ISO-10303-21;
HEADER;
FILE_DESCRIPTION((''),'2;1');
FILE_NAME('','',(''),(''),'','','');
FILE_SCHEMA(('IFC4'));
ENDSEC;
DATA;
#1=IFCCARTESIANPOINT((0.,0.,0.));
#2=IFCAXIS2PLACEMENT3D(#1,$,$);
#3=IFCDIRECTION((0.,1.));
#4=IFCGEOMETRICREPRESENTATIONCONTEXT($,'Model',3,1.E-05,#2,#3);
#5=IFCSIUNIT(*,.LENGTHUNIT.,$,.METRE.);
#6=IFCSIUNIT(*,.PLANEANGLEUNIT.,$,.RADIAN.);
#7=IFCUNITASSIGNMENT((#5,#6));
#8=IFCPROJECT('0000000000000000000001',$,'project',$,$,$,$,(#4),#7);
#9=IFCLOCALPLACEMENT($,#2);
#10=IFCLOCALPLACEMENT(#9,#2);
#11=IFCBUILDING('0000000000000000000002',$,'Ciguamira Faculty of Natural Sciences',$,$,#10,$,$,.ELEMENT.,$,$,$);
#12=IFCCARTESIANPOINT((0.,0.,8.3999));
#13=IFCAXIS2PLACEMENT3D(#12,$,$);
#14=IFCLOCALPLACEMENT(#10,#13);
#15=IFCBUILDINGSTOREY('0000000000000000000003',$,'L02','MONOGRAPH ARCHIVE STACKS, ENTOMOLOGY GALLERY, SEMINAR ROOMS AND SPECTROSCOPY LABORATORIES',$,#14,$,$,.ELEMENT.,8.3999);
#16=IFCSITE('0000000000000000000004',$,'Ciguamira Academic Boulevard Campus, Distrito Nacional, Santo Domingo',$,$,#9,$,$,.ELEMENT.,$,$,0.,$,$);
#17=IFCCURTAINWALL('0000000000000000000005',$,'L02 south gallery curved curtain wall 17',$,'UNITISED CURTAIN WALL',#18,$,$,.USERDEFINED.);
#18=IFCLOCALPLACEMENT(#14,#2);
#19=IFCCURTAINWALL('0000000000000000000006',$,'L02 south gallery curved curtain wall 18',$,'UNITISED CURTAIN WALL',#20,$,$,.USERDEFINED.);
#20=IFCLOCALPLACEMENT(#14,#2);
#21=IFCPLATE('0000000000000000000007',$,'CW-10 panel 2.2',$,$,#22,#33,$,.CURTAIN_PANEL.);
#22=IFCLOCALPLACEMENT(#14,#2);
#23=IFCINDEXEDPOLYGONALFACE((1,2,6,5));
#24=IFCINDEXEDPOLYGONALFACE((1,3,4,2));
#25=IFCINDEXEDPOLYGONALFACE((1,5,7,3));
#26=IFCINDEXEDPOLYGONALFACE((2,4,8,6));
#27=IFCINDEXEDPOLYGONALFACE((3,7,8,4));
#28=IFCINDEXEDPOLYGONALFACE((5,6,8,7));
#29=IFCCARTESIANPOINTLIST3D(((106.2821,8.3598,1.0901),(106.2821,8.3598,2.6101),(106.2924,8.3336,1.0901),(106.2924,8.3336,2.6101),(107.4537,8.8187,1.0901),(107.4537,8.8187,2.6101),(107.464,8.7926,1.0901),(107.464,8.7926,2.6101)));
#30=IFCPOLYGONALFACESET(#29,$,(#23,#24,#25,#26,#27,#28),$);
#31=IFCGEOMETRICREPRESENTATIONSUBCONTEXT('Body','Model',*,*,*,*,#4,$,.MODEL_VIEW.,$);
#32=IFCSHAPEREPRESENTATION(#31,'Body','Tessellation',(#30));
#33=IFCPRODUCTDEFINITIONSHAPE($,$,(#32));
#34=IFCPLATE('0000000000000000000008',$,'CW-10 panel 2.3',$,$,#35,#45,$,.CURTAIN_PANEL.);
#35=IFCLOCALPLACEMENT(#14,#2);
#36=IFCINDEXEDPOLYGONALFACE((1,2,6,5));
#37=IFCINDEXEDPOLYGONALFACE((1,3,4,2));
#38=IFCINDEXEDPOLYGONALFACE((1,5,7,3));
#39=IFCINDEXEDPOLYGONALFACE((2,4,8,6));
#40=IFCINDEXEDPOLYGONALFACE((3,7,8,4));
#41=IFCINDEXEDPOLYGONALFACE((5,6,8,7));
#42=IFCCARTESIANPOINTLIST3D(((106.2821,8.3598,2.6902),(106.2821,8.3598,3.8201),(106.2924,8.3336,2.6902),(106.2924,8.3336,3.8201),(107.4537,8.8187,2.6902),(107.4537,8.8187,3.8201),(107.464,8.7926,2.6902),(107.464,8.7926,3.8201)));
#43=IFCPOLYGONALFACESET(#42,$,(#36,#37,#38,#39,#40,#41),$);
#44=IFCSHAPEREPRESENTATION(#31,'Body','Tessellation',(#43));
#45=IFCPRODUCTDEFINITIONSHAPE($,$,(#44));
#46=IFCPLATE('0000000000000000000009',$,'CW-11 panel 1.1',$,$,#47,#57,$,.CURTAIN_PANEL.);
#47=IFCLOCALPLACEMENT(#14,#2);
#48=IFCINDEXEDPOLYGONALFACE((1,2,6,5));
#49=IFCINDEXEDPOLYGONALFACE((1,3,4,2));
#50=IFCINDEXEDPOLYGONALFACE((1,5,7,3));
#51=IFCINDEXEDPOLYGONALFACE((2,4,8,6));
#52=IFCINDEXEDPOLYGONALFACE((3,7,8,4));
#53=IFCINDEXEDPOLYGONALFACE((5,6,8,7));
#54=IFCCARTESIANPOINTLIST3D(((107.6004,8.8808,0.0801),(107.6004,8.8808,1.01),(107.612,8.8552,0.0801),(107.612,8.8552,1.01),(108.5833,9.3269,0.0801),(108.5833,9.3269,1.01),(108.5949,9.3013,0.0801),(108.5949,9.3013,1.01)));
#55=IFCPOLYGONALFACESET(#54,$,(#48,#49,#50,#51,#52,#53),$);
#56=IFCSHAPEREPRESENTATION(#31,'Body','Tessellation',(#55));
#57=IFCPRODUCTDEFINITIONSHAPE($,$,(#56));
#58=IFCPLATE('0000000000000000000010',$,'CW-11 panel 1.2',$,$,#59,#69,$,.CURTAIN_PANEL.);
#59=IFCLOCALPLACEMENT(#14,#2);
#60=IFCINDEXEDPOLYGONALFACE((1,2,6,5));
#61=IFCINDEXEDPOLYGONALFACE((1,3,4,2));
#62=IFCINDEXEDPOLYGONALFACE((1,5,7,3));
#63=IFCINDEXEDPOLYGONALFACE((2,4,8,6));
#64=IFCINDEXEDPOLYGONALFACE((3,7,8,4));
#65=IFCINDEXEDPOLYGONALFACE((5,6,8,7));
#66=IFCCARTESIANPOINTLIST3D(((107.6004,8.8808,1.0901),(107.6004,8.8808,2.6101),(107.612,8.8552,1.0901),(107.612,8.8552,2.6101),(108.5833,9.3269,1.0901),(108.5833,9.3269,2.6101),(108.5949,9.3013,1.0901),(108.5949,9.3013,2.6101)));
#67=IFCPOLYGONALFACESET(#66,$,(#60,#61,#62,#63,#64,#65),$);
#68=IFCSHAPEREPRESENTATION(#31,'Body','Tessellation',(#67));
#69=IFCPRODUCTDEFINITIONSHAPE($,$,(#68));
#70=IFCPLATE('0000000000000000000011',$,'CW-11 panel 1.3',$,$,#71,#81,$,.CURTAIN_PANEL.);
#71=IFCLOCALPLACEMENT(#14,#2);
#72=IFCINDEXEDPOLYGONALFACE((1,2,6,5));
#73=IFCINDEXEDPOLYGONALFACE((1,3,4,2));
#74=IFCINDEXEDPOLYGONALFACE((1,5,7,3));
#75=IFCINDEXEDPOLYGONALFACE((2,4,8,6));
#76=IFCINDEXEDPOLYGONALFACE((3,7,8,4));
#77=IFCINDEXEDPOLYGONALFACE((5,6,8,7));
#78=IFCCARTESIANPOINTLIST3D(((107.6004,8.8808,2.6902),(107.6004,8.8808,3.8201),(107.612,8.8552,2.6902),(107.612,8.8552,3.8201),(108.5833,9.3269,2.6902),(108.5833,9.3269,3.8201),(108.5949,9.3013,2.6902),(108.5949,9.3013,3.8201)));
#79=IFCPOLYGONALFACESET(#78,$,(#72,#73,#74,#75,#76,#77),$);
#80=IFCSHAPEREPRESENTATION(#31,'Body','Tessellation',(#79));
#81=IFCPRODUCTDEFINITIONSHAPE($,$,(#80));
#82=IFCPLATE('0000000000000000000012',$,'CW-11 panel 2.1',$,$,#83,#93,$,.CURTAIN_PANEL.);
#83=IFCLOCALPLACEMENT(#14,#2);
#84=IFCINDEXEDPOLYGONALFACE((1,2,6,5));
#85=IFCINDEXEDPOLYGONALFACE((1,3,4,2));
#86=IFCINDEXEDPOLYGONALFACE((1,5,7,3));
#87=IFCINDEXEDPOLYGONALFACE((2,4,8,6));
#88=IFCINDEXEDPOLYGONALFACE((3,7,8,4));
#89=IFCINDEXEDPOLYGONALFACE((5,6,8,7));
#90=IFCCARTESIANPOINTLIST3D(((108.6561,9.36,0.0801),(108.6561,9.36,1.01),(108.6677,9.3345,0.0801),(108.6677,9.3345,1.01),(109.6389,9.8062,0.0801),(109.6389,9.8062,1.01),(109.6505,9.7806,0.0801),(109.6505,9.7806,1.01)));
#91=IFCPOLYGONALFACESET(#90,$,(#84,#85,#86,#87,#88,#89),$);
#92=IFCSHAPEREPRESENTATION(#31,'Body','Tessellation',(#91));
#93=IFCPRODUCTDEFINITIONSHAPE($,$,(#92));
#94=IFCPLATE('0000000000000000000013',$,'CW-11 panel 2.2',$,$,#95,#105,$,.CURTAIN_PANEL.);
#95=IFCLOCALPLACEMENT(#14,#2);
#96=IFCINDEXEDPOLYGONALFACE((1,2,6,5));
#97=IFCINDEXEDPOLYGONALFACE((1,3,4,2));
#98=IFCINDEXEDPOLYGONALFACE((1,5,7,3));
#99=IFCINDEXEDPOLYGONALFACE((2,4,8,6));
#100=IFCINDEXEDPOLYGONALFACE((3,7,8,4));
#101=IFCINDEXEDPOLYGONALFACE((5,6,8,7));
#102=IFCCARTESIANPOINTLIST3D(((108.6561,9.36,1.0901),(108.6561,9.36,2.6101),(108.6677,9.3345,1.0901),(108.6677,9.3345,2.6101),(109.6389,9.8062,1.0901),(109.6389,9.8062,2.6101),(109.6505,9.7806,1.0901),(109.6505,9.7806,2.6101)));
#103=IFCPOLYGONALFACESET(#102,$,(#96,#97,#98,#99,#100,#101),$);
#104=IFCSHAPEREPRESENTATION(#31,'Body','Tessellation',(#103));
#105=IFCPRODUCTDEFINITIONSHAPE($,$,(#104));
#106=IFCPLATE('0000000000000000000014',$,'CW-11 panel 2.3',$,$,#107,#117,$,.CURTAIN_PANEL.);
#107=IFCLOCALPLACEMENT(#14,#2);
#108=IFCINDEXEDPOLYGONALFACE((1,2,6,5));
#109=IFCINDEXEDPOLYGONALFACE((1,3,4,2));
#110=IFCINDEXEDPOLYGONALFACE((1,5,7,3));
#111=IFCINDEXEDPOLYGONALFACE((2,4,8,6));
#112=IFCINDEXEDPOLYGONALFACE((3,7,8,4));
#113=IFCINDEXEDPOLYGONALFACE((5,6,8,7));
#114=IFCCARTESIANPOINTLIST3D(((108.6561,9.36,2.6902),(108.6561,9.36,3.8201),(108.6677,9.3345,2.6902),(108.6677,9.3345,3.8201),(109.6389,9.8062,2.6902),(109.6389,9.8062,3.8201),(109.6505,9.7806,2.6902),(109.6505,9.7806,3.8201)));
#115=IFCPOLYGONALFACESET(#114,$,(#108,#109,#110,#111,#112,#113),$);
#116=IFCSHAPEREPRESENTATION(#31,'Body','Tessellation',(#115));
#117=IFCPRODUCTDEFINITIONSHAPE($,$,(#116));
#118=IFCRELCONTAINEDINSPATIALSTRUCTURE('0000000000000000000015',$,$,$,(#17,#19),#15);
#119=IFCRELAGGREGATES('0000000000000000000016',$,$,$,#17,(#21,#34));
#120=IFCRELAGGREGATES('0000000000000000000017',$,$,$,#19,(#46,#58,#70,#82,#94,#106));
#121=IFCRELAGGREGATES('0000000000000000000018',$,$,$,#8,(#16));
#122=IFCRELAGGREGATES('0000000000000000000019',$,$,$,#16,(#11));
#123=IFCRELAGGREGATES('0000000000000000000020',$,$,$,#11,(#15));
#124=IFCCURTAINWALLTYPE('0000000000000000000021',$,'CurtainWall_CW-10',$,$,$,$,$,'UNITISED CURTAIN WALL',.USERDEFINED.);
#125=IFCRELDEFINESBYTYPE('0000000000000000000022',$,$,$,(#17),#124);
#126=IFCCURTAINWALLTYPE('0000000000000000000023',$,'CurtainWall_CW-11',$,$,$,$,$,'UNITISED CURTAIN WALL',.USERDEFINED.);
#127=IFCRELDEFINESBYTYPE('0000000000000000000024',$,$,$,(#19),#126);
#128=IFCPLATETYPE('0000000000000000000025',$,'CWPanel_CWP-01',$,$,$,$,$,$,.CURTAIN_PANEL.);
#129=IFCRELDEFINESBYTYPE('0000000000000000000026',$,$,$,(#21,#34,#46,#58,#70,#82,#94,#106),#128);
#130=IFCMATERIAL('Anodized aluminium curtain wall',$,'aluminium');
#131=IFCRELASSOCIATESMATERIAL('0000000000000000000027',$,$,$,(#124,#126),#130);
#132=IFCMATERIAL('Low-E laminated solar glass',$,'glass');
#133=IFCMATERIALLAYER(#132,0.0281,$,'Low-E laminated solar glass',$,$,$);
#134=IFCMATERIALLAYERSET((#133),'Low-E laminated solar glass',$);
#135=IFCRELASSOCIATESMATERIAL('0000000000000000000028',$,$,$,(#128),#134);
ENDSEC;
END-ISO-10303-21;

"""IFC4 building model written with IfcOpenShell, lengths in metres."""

from ifc_helpers import new_model, si_unit, direction, frame, origin, origin_2d, place, context, subcontext, project, spatial, rectangle, extrude, material, layer, layer_set, type_object, element, aggregate, save


model = new_model("IFC4")

# Units and contexts
model_context = context("Model", 3, precision=1e-05, world=origin(), true_north=direction((0.0, 1.0)))
body_context = subcontext(model_context, "Body", "Model", "MODEL_VIEW")
ifc_project = project(units=[si_unit("LENGTHUNIT", "METRE"), si_unit("PLANEANGLEUNIT", "RADIAN")], contexts=[model_context])

# Site, building, storey
site_placement = place(None, origin())
site = spatial("IfcSite", under=ifc_project, at=site_placement, Name="Ciguamira Academic Boulevard Campus, Distrito Nacional, Santo Domingo", CompositionType="ELEMENT", RefElevation=0.0)
building_placement = place(site_placement, origin())
building = spatial("IfcBuilding", under=site, at=building_placement, Name="Ciguamira Faculty of Natural Sciences", CompositionType="ELEMENT")
storey_placement = place(building_placement, frame((0.0, 0.0, 8.3999)))
storey = spatial("IfcBuildingStorey", under=building, at=storey_placement, Name="L02", Description="MONOGRAPH ARCHIVE STACKS, ENTOMOLOGY GALLERY, SEMINAR ROOMS AND SPECTROSCOPY LABORATORIES", CompositionType="ELEMENT", Elevation=8.3999)

# Curtain wall
ifc_material_1 = material(Name="Anodized aluminium curtain wall", Category="aluminium")
curtain_wall_type_1 = type_object("IfcCurtainWallType", Name="CurtainWall_CW-10", ElementType="UNITISED CURTAIN WALL", PredefinedType="USERDEFINED", material=ifc_material_1)
curtain_wall_1_placement = place(storey_placement, origin())
curtain_wall_1 = element("IfcCurtainWall", 1, at=curtain_wall_1_placement, inside=storey, type_object=curtain_wall_type_1, Name="L02 south gallery curved curtain wall 17", ObjectType="UNITISED CURTAIN WALL", PredefinedType="USERDEFINED")

# Curtain wall
curtain_wall_type_2 = type_object("IfcCurtainWallType", Name="CurtainWall_CW-11", ElementType="UNITISED CURTAIN WALL", PredefinedType="USERDEFINED", material=ifc_material_1)
curtain_wall_2_placement = place(storey_placement, origin())
curtain_wall_2 = element("IfcCurtainWall", 2, at=curtain_wall_2_placement, inside=storey, type_object=curtain_wall_type_2, Name="L02 south gallery curved curtain wall 18", ObjectType="UNITISED CURTAIN WALL", PredefinedType="USERDEFINED")

# Plates
ifc_material_2 = material(Name="Low-E laminated solar glass", Category="glass")
ifc_layer = layer(ifc_material_2, 0.0281, Name="Low-E laminated solar glass")
ifc_layer_set = layer_set([ifc_layer], Name="Low-E laminated solar glass")
plate_type = type_object("IfcPlateType", Name="CWPanel_CWP-01", PredefinedType="CURTAIN_PANEL", material=ifc_layer_set)
plate_1_placement = place(storey_placement, frame((106.873, 8.5762, 1.0901), z_axis=(0.0, 0.0, 1.0), x_axis=(0.931122, 0.364707, 0.0)))
plate_1 = element("IfcPlate", 3, at=plate_1_placement, type_object=plate_type, Name="CW-10 panel 2.2", PredefinedType="CURTAIN_PANEL", context=body_context, shape_type="SweptSolid", body=[
    extrude(rectangle(XDim=1.2583, YDim=0.0281, at=origin_2d()), origin(), (0.0, 0.0, 1.0), 1.52),
])
plate_2_placement = place(storey_placement, frame((106.873, 8.5762, 2.6902), z_axis=(0.0, 0.0, 1.0), x_axis=(0.931122, 0.364707, 0.0)))
plate_2 = element("IfcPlate", 4, at=plate_2_placement, type_object=plate_type, Name="CW-10 panel 2.3", PredefinedType="CURTAIN_PANEL", context=body_context, shape_type="SweptSolid", body=[
    extrude(rectangle(XDim=1.2583, YDim=0.0281, at=origin_2d()), origin(), (0.0, 0.0, 1.0), 1.1299),
])
aggregate(curtain_wall_1, [plate_1, plate_2])
plate_3_placement = place(storey_placement, frame((108.0977, 9.0911, 0.0801), z_axis=(0.0, 0.0, 1.0), x_axis=(0.910581, 0.413332, 0.0)))
plate_3 = element("IfcPlate", 5, at=plate_3_placement, type_object=plate_type, Name="CW-11 panel 1.1", PredefinedType="CURTAIN_PANEL", context=body_context, shape_type="SweptSolid", body=[
    extrude(rectangle(XDim=1.0793, YDim=0.0281, at=origin_2d()), origin(), (0.0, 0.0, 1.0), 0.9299),
])
plate_4_placement = place(storey_placement, frame((108.0977, 9.0911, 1.0901), z_axis=(0.0, 0.0, 1.0), x_axis=(0.910581, 0.413332, 0.0)))
plate_4 = element("IfcPlate", 6, at=plate_4_placement, type_object=plate_type, Name="CW-11 panel 1.2", PredefinedType="CURTAIN_PANEL", context=body_context, shape_type="SweptSolid", body=[
    extrude(rectangle(XDim=1.0793, YDim=0.0281, at=origin_2d()), origin(), (0.0, 0.0, 1.0), 1.52),
])
plate_5_placement = place(storey_placement, frame((108.0977, 9.0911, 2.6902), z_axis=(0.0, 0.0, 1.0), x_axis=(0.910581, 0.413332, 0.0)))
plate_5 = element("IfcPlate", 7, at=plate_5_placement, type_object=plate_type, Name="CW-11 panel 1.3", PredefinedType="CURTAIN_PANEL", context=body_context, shape_type="SweptSolid", body=[
    extrude(rectangle(XDim=1.0793, YDim=0.0281, at=origin_2d()), origin(), (0.0, 0.0, 1.0), 1.1299),
])
plate_6_placement = place(storey_placement, frame((109.1533, 9.5703, 0.0801), z_axis=(0.0, 0.0, 1.0), x_axis=(0.910581, 0.413332, 0.0)))
plate_6 = element("IfcPlate", 8, at=plate_6_placement, type_object=plate_type, Name="CW-11 panel 2.1", PredefinedType="CURTAIN_PANEL", context=body_context, shape_type="SweptSolid", body=[
    extrude(rectangle(XDim=1.0793, YDim=0.0281, at=origin_2d()), origin(), (0.0, 0.0, 1.0), 0.9299),
])
plate_7_placement = place(storey_placement, frame((109.1533, 9.5703, 1.0901), z_axis=(0.0, 0.0, 1.0), x_axis=(0.910581, 0.413332, 0.0)))
plate_7 = element("IfcPlate", 9, at=plate_7_placement, type_object=plate_type, Name="CW-11 panel 2.2", PredefinedType="CURTAIN_PANEL", context=body_context, shape_type="SweptSolid", body=[
    extrude(rectangle(XDim=1.0793, YDim=0.0281, at=origin_2d()), origin(), (0.0, 0.0, 1.0), 1.52),
])
plate_8_placement = place(storey_placement, frame((109.1533, 9.5703, 2.6902), z_axis=(0.0, 0.0, 1.0), x_axis=(0.910581, 0.413332, 0.0)))
plate_8 = element("IfcPlate", 10, at=plate_8_placement, type_object=plate_type, Name="CW-11 panel 2.3", PredefinedType="CURTAIN_PANEL", context=body_context, shape_type="SweptSolid", body=[
    extrude(rectangle(XDim=1.0793, YDim=0.0281, at=origin_2d()), origin(), (0.0, 0.0, 1.0), 1.1299),
])
aggregate(curtain_wall_2, [plate_3, plate_4, plate_5, plate_6, plate_7, plate_8])

save(model, "model.ifc")
